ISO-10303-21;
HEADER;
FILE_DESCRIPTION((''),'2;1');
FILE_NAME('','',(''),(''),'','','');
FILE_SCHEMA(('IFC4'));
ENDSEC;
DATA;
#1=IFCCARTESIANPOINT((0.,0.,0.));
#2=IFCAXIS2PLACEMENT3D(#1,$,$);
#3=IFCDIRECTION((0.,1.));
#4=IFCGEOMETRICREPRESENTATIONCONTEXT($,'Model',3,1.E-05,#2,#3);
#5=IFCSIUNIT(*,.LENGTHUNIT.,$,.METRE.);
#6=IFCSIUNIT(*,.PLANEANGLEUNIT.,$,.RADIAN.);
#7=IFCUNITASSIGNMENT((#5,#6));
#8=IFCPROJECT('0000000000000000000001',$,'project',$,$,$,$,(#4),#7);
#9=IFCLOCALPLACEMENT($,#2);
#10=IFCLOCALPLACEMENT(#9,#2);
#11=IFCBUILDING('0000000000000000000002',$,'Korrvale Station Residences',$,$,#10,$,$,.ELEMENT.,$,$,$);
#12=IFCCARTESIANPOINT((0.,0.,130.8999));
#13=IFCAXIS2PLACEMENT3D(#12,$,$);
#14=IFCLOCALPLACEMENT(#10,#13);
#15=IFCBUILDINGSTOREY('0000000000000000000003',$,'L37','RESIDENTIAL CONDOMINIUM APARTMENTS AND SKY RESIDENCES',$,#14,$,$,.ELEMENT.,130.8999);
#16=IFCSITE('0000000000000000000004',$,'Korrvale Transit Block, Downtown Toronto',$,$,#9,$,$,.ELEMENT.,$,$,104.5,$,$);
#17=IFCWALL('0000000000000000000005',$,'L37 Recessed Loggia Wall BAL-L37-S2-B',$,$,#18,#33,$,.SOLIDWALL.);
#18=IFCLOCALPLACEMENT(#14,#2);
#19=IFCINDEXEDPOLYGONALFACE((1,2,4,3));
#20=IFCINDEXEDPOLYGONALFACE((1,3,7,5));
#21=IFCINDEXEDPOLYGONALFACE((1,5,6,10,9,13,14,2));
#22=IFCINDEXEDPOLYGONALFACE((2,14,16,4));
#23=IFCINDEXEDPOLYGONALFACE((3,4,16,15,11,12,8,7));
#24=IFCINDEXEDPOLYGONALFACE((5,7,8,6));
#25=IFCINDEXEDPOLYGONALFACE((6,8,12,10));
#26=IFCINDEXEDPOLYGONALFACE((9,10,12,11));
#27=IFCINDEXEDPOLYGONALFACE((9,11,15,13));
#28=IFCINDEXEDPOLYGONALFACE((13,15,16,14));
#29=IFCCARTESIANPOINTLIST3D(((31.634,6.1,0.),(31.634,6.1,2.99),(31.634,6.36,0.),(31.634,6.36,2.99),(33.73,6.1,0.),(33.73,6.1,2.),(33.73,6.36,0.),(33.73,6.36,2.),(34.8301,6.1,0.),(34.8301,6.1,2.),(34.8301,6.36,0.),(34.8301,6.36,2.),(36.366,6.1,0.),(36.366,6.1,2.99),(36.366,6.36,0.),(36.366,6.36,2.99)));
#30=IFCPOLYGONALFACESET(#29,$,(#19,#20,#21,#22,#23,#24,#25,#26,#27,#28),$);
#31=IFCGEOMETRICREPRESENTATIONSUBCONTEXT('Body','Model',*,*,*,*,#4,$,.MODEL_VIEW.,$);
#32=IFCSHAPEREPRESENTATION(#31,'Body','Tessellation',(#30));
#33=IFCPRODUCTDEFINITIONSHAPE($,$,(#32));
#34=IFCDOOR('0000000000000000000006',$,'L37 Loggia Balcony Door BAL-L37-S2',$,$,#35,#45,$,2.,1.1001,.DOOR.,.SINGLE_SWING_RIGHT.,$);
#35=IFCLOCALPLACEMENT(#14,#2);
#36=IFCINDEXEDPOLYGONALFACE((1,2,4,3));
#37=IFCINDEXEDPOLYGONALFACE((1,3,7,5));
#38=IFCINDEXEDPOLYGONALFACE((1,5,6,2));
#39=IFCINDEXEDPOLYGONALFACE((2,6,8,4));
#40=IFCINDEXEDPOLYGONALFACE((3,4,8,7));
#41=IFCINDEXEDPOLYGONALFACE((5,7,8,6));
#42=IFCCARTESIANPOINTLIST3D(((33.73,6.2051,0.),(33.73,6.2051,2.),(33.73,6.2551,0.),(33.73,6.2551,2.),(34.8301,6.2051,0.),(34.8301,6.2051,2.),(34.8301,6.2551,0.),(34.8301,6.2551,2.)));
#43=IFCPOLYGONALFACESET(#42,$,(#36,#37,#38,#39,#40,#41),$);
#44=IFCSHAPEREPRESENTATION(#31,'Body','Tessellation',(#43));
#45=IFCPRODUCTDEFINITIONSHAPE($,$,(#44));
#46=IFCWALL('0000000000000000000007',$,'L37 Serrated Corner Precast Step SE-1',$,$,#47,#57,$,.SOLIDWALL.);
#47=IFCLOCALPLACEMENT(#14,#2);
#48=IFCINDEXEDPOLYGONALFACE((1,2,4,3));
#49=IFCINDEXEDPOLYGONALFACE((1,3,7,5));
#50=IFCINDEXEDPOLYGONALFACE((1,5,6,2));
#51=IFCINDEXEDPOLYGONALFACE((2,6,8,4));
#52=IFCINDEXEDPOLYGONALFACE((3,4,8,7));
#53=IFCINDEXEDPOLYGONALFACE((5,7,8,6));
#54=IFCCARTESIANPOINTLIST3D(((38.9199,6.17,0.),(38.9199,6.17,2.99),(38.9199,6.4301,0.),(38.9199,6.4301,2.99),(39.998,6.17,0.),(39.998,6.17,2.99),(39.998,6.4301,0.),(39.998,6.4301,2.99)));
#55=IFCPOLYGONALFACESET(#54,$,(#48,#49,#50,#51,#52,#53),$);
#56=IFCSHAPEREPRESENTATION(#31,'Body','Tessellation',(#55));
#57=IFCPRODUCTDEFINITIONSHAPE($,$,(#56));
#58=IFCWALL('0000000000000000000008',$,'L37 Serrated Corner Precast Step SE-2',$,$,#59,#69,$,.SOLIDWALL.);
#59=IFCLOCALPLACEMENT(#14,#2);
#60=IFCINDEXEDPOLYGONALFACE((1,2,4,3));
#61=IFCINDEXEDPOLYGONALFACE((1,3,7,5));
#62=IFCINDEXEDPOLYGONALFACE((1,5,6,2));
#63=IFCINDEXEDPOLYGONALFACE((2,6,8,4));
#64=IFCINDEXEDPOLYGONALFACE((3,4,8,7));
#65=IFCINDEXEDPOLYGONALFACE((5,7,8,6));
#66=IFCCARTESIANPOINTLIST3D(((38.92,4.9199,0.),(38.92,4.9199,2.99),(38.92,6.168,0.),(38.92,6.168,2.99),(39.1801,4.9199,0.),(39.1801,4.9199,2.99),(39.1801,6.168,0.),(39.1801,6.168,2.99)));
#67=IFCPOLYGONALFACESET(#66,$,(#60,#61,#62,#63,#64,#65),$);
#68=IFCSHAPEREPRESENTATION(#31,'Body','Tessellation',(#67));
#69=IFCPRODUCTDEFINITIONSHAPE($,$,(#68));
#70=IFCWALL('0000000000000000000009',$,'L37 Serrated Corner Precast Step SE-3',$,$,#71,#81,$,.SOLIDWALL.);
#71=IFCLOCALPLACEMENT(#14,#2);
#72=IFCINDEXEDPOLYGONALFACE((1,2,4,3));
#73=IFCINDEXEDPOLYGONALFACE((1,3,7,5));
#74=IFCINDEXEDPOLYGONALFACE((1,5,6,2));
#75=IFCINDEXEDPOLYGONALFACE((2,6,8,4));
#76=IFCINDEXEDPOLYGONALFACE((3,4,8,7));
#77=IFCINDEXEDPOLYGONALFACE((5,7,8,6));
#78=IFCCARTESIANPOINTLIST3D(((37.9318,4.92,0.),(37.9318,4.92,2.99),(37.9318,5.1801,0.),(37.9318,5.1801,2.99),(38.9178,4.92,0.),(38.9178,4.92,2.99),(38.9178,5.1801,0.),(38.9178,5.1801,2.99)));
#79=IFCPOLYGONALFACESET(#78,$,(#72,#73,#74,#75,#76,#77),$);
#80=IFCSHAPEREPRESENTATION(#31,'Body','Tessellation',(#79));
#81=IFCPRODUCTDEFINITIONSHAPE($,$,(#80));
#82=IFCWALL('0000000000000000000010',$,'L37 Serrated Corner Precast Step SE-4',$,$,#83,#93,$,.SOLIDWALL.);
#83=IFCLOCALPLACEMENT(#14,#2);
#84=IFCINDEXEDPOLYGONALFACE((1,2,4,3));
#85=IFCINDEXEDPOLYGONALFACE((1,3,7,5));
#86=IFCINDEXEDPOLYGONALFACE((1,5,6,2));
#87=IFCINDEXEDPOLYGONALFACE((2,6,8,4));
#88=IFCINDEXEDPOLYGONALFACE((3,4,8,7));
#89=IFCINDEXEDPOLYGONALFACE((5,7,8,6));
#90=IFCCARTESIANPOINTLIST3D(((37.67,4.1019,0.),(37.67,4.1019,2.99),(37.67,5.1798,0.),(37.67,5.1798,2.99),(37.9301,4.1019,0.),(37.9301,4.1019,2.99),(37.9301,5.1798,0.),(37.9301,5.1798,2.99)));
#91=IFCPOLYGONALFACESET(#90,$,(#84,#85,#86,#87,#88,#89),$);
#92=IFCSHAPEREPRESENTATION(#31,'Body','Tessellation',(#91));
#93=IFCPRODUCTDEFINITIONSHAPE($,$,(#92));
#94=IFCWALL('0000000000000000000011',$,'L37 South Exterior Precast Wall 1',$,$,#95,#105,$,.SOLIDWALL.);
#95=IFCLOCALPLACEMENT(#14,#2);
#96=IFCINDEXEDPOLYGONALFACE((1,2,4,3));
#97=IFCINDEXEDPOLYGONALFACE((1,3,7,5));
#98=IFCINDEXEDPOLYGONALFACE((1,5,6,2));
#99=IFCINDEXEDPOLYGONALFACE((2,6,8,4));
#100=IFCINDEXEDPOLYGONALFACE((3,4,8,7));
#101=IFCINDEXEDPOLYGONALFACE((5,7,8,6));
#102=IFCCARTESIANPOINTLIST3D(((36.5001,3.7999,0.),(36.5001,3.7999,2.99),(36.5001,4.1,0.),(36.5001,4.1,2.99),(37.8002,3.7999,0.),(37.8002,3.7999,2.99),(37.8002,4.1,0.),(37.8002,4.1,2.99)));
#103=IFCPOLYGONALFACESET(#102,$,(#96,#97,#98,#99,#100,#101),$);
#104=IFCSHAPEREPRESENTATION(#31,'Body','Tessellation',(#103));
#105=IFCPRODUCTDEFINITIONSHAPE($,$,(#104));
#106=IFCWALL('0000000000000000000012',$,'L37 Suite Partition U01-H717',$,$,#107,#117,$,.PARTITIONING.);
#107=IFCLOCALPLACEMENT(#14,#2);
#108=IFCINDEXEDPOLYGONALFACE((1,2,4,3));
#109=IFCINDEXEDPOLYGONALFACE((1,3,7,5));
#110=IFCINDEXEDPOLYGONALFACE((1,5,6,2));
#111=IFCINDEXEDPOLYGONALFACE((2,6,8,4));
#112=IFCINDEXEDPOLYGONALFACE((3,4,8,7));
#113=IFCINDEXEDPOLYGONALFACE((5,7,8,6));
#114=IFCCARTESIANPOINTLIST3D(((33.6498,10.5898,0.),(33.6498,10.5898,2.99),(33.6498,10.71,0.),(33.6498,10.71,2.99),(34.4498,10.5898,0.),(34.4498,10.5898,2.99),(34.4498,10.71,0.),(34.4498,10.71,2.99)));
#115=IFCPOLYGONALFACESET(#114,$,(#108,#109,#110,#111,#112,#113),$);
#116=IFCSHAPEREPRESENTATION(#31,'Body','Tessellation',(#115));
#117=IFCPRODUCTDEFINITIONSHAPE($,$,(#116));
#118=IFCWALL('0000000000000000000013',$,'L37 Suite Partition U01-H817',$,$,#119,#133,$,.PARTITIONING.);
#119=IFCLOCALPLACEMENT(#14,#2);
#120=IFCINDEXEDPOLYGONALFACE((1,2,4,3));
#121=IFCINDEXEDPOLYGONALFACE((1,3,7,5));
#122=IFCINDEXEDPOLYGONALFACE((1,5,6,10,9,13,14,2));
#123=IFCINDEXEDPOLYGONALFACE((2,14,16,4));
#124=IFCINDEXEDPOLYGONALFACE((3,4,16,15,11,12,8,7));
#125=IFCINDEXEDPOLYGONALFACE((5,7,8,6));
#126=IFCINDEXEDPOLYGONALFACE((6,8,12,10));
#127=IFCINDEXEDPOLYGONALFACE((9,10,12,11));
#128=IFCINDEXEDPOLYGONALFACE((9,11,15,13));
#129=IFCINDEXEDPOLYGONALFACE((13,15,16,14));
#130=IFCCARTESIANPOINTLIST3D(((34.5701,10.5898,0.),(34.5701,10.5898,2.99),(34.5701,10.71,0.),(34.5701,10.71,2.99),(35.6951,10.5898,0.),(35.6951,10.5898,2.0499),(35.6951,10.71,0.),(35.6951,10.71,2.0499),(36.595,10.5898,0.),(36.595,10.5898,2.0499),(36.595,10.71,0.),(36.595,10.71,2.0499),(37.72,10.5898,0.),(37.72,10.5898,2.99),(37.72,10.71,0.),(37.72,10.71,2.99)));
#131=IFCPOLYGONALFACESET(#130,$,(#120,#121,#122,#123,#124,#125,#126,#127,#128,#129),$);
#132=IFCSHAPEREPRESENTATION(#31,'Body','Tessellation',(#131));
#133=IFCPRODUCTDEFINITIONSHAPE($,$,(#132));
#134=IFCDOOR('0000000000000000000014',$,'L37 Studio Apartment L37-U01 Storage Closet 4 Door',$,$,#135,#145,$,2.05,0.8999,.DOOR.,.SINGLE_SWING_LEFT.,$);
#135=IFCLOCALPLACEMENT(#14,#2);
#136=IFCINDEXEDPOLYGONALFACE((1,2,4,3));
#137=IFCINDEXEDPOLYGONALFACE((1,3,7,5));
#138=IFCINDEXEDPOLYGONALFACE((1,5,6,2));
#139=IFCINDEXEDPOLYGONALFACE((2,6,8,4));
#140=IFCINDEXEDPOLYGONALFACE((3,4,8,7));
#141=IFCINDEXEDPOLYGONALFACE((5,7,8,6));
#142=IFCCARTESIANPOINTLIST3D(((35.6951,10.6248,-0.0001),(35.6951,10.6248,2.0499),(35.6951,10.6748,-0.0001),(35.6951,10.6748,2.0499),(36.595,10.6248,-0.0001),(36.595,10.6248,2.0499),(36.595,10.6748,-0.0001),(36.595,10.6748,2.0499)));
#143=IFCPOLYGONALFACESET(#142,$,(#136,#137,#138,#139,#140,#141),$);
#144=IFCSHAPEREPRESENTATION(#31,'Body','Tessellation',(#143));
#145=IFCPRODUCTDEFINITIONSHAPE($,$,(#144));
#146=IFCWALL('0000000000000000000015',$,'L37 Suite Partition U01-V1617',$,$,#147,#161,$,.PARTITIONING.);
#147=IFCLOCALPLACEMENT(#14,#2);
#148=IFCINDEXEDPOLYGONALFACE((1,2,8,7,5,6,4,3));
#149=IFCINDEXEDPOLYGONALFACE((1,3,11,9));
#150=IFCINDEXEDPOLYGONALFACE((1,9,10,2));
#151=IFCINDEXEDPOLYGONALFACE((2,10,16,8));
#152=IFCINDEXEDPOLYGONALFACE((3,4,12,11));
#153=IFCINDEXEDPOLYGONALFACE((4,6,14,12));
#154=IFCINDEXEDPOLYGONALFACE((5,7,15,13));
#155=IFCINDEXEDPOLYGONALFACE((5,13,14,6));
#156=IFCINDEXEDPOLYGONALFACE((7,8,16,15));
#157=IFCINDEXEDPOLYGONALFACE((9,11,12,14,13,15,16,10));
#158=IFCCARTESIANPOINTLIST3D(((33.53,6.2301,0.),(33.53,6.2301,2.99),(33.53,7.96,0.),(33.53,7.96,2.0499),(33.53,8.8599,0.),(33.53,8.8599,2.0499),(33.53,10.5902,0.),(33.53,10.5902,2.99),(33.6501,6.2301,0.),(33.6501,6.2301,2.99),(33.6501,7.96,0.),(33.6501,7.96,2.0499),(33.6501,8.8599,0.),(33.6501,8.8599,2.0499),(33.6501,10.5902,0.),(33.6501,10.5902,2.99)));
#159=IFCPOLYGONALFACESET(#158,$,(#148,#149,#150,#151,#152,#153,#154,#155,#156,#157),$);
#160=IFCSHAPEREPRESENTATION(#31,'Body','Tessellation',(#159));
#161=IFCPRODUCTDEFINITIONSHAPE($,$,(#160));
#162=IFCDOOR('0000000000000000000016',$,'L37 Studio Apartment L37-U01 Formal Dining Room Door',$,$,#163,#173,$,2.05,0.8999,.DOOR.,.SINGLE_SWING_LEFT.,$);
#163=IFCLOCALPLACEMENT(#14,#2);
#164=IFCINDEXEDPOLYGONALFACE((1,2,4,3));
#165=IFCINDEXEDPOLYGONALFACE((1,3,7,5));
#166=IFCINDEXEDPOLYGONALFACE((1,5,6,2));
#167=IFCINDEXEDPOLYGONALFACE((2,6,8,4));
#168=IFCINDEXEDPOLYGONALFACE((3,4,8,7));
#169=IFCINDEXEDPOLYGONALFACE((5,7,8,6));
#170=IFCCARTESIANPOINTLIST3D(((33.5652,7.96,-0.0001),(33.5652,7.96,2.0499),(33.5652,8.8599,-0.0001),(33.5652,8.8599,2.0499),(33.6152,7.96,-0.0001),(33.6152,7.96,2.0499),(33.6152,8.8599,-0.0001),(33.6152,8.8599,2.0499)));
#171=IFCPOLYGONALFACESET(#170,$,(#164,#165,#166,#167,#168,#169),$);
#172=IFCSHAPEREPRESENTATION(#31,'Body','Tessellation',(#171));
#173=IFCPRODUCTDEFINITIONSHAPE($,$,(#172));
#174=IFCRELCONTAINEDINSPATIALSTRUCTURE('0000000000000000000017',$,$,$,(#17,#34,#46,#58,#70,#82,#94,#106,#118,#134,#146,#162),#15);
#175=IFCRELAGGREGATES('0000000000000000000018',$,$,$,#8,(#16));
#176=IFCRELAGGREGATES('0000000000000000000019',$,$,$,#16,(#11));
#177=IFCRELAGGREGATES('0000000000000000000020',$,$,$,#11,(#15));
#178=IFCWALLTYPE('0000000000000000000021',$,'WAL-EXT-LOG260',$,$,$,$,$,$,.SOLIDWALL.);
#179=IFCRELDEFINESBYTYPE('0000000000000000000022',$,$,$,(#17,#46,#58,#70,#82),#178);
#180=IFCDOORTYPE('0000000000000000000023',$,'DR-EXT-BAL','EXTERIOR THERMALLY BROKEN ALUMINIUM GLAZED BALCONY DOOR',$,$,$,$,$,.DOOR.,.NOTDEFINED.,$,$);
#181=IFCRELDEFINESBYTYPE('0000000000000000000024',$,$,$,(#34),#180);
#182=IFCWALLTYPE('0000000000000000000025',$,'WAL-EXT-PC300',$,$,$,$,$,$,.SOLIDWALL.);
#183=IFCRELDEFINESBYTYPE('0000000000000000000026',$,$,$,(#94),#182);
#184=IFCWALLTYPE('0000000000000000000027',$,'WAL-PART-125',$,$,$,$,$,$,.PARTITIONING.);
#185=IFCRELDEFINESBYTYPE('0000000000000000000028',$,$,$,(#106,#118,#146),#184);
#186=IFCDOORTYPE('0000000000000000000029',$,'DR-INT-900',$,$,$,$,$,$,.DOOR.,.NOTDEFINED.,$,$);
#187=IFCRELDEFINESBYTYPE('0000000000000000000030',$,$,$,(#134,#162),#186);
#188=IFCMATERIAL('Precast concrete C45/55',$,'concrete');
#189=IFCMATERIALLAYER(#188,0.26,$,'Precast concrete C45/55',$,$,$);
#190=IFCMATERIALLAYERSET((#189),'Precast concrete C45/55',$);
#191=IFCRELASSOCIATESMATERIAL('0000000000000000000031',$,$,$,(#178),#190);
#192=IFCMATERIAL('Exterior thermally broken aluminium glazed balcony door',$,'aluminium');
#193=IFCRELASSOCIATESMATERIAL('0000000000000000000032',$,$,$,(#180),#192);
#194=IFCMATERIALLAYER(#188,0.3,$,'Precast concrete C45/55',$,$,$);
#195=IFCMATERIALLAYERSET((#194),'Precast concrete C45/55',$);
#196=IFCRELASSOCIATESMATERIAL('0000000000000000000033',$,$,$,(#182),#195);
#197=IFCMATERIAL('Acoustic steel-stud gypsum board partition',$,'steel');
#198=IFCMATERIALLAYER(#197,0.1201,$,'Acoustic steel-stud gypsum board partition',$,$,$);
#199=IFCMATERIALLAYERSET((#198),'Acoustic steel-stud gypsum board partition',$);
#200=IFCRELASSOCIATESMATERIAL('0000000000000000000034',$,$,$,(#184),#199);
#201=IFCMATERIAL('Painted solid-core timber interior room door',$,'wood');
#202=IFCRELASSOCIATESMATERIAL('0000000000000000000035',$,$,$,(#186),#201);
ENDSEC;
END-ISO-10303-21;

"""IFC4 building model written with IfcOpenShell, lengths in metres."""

from ifc_helpers import new_model, si_unit, direction, frame, frame_2d, origin, place, context, subcontext, project, spatial, rectangle, extrude, material, layer, layer_set, type_object, element, fill, save


model = new_model("IFC4")

# Units and contexts
model_context = context("Model", 3, precision=1e-05, world=origin(), true_north=direction((0.0, 1.0)))
body_context = subcontext(model_context, "Body", "Model", "MODEL_VIEW")
ifc_project = project(units=[si_unit("LENGTHUNIT", "METRE"), si_unit("PLANEANGLEUNIT", "RADIAN")], contexts=[model_context])

# Site, building, storey
site_placement = place(None, origin())
site = spatial("IfcSite", under=ifc_project, at=site_placement, Name="Korrvale Transit Block, Downtown Toronto", CompositionType="ELEMENT", RefElevation=104.5)
building_placement = place(site_placement, origin())
building = spatial("IfcBuilding", under=site, at=building_placement, Name="Korrvale Station Residences", CompositionType="ELEMENT")
storey_placement = place(building_placement, frame((0.0, 0.0, 130.8999)))
storey = spatial("IfcBuildingStorey", under=building, at=storey_placement, Name="L37", Description="RESIDENTIAL CONDOMINIUM APARTMENTS AND SKY RESIDENCES", CompositionType="ELEMENT", Elevation=130.8999)

# Shared definitions
ifc_material_1 = material(Name="Precast concrete C45/55", Category="concrete")
ifc_layer_1 = layer(ifc_material_1, 0.26, Name="Precast concrete C45/55")
ifc_layer_set_1 = layer_set([ifc_layer_1], Name="Precast concrete C45/55")
wall_type_1 = type_object("IfcWallType", Name="WAL-EXT-LOG260", PredefinedType="SOLIDWALL", material=ifc_layer_set_1)

# Wall, opening, door
wall_1_placement = place(storey_placement, frame((36.366, 6.23, 0.0), z_axis=(0.0, 0.0, 1.0), x_axis=(-1.0, 0.0, 0.0)))
wall_1 = element("IfcWall", 1, at=wall_1_placement, inside=storey, type_object=wall_type_1, Name="L37 Recessed Loggia Wall BAL-L37-S2-B", PredefinedType="SOLIDWALL", context=body_context, shape_type="SweptSolid", body=[
    extrude(rectangle(XDim=4.7319, YDim=0.26, at=frame_2d((2.366, 0.0))), origin(), (0.0, 0.0, 1.0), 2.99),
])
opening_1_placement = place(wall_1_placement, frame((1.5359, 0.0, 0.0)))
opening_1 = element("IfcOpeningElement", 2, at=opening_1_placement, cuts=wall_1, PredefinedType="OPENING", context=body_context, shape_type="SweptSolid", body=[
    extrude(rectangle(XDim=1.1001, YDim=2.0, at=frame_2d((0.55, 1.0))), frame((0.0, 0.1401, 0.0), z_axis=(0.0, -1.0, 0.0), x_axis=(1.0, 0.0, 0.0)), (0.0, 0.0, 1.0), 0.28),
])
ifc_material_2 = material(Name="Exterior thermally broken aluminium glazed balcony door", Category="aluminium")
door_type_1 = type_object("IfcDoorType", Name="DR-EXT-BAL", Description="EXTERIOR THERMALLY BROKEN ALUMINIUM GLAZED BALCONY DOOR", OperationType="NOTDEFINED", PredefinedType="DOOR", material=ifc_material_2)
door_1_placement = place(opening_1_placement, origin())
door_1 = element("IfcDoor", 3, at=door_1_placement, inside=storey, type_object=door_type_1, Name="L37 Loggia Balcony Door BAL-L37-S2", OperationType="SINGLE_SWING_RIGHT", OverallHeight=2.0, OverallWidth=1.1001, PredefinedType="DOOR", context=body_context, shape_type="SweptSolid", body=[
    extrude(rectangle(XDim=1.1001, YDim=2.0, at=frame_2d((0.55, 1.0))), frame((0.0, 0.0249, 0.0), z_axis=(0.0, -1.0, 0.0), x_axis=(1.0, 0.0, 0.0)), (0.0, 0.0, 1.0), 0.05),
])
fill(opening_1, door_1)

# Walls
wall_2_placement = place(storey_placement, frame((39.998, 6.3, 0.0), z_axis=(0.0, 0.0, 1.0), x_axis=(-1.0, 0.0, 0.0)))
element("IfcWall", 4, at=wall_2_placement, inside=storey, type_object=wall_type_1, Name="L37 Serrated Corner Precast Step SE-1", PredefinedType="SOLIDWALL", context=body_context, shape_type="SweptSolid", body=[
    extrude(rectangle(XDim=1.0781, YDim=0.26, at=frame_2d((0.5391, 0.0))), origin(), (0.0, 0.0, 1.0), 2.99),
])
wall_3_placement = place(storey_placement, frame((39.05, 6.168, 0.0), z_axis=(0.0, 0.0, 1.0), x_axis=(0.0, -1.0, 0.0)))
element("IfcWall", 5, at=wall_3_placement, inside=storey, type_object=wall_type_1, Name="L37 Serrated Corner Precast Step SE-2", PredefinedType="SOLIDWALL", context=body_context, shape_type="SweptSolid", body=[
    extrude(rectangle(XDim=1.248, YDim=0.26, at=frame_2d((0.624, 0.0))), origin(), (0.0, 0.0, 1.0), 2.99),
])
wall_4_placement = place(storey_placement, frame((38.918, 5.05, 0.0), z_axis=(0.0, 0.0, 1.0), x_axis=(-1.0, 0.0, 0.0)))
element("IfcWall", 6, at=wall_4_placement, inside=storey, type_object=wall_type_1, Name="L37 Serrated Corner Precast Step SE-3", PredefinedType="SOLIDWALL", context=body_context, shape_type="SweptSolid", body=[
    extrude(rectangle(XDim=0.9861, YDim=0.26, at=frame_2d((0.4932, 0.0))), origin(), (0.0, 0.0, 1.0), 2.99),
])
wall_5_placement = place(storey_placement, frame((37.8, 5.1799, 0.0), z_axis=(0.0, 0.0, 1.0), x_axis=(0.0, -1.0, 0.0)))
element("IfcWall", 7, at=wall_5_placement, inside=storey, type_object=wall_type_1, Name="L37 Serrated Corner Precast Step SE-4", PredefinedType="SOLIDWALL", context=body_context, shape_type="SweptSolid", body=[
    extrude(rectangle(XDim=1.0779, YDim=0.26, at=frame_2d((0.5391, 0.0))), origin(), (0.0, 0.0, 1.0), 2.99),
])
ifc_layer_2 = layer(ifc_material_1, 0.3, Name="Precast concrete C45/55")
ifc_layer_set_2 = layer_set([ifc_layer_2], Name="Precast concrete C45/55")
wall_type_2 = type_object("IfcWallType", Name="WAL-EXT-PC300", PredefinedType="SOLIDWALL", material=ifc_layer_set_2)
wall_6_placement = place(storey_placement, frame((37.8, 3.95, 0.0), z_axis=(0.0, 0.0, 1.0), x_axis=(-1.0, 0.0, 0.0)))
element("IfcWall", 8, at=wall_6_placement, inside=storey, type_object=wall_type_2, Name="L37 South Exterior Precast Wall 1", PredefinedType="SOLIDWALL", context=body_context, shape_type="SweptSolid", body=[
    extrude(rectangle(XDim=1.3, YDim=0.3, at=frame_2d((0.6499, 0.0))), origin(), (0.0, 0.0, 1.0), 2.99),
])
ifc_material_3 = material(Name="Acoustic steel-stud gypsum board partition", Category="steel")
ifc_layer_3 = layer(ifc_material_3, 0.1201, Name="Acoustic steel-stud gypsum board partition")
ifc_layer_set_3 = layer_set([ifc_layer_3], Name="Acoustic steel-stud gypsum board partition")
wall_type_3 = type_object("IfcWallType", Name="WAL-PART-125", PredefinedType="PARTITIONING", material=ifc_layer_set_3)
wall_7_placement = place(storey_placement, frame((33.6499, 10.6499, 0.0), z_axis=(0.0, 0.0, 1.0), x_axis=(1.0, 0.0, 0.0)))
element("IfcWall", 9, at=wall_7_placement, inside=storey, type_object=wall_type_3, Name="L37 Suite Partition U01-H717", PredefinedType="PARTITIONING", context=body_context, shape_type="SweptSolid", body=[
    extrude(rectangle(XDim=0.8, YDim=0.1201, at=frame_2d((0.3999, 0.0))), origin(), (0.0, 0.0, 1.0), 2.99),
])

# Walls, openings, doors
wall_8_placement = place(storey_placement, frame((34.5701, 10.6499, 0.0), z_axis=(0.0, 0.0, 1.0), x_axis=(1.0, 0.0, 0.0)))
wall_8 = element("IfcWall", 10, at=wall_8_placement, inside=storey, type_object=wall_type_3, Name="L37 Suite Partition U01-H817", PredefinedType="PARTITIONING", context=body_context, shape_type="SweptSolid", body=[
    extrude(rectangle(XDim=3.1499, YDim=0.1201, at=frame_2d((1.575, 0.0))), origin(), (0.0, 0.0, 1.0), 2.99),
])
opening_2_placement = place(wall_8_placement, frame((1.125, 0.0, 0.0)))
opening_2 = element("IfcOpeningElement", 11, at=opening_2_placement, cuts=wall_8, PredefinedType="OPENING", context=body_context, shape_type="SweptSolid", body=[
    extrude(rectangle(XDim=0.8999, YDim=2.05, at=frame_2d((0.45, 1.0249))), frame((0.0, 0.0701, 0.0), z_axis=(0.0, -1.0, 0.0), x_axis=(1.0, 0.0, 0.0)), (0.0, 0.0, 1.0), 0.1401),
])
ifc_material_4 = material(Name="Painted solid-core timber interior room door", Category="wood")
door_type_2 = type_object("IfcDoorType", Name="DR-INT-900", OperationType="NOTDEFINED", PredefinedType="DOOR", material=ifc_material_4)
door_2_placement = place(opening_2_placement, origin())
door_2 = element("IfcDoor", 12, at=door_2_placement, inside=storey, type_object=door_type_2, Name="L37 Studio Apartment L37-U01 Storage Closet 4 Door", OperationType="SINGLE_SWING_LEFT", OverallHeight=2.05, OverallWidth=0.8999, PredefinedType="DOOR", context=body_context, shape_type="SweptSolid", body=[
    extrude(rectangle(XDim=0.8999, YDim=2.05, at=frame_2d((0.45, 1.0249))), frame((0.0, 0.0249, 0.0), z_axis=(0.0, -1.0, 0.0), x_axis=(1.0, 0.0, 0.0)), (0.0, 0.0, 1.0), 0.05),
])
fill(opening_2, door_2)
wall_9_placement = place(storey_placement, frame((33.5901, 6.23, 0.0), z_axis=(0.0, 0.0, 1.0), x_axis=(0.0, 1.0, 0.0)))
wall_9 = element("IfcWall", 13, at=wall_9_placement, inside=storey, type_object=wall_type_3, Name="L37 Suite Partition U01-V1617", PredefinedType="PARTITIONING", context=body_context, shape_type="SweptSolid", body=[
    extrude(rectangle(XDim=4.3601, YDim=0.1201, at=frame_2d((2.1802, 0.0))), origin(), (0.0, 0.0, 1.0), 2.99),
])
opening_3_placement = place(wall_9_placement, frame((1.73, 0.0, 0.0)))
opening_3 = element("IfcOpeningElement", 14, at=opening_3_placement, cuts=wall_9, PredefinedType="OPENING", context=body_context, shape_type="SweptSolid", body=[
    extrude(rectangle(XDim=0.8999, YDim=2.05, at=frame_2d((0.45, 1.0249))), frame((0.0, 0.0701, 0.0), z_axis=(0.0, -1.0, 0.0), x_axis=(1.0, 0.0, 0.0)), (0.0, 0.0, 1.0), 0.1401),
])
door_3_placement = place(opening_3_placement, origin())
door_3 = element("IfcDoor", 15, at=door_3_placement, inside=storey, type_object=door_type_2, Name="L37 Studio Apartment L37-U01 Formal Dining Room Door", OperationType="SINGLE_SWING_LEFT", OverallHeight=2.05, OverallWidth=0.8999, PredefinedType="DOOR", context=body_context, shape_type="SweptSolid", body=[
    extrude(rectangle(XDim=0.8999, YDim=2.05, at=frame_2d((0.45, 1.0249))), frame((0.0, 0.0249, 0.0), z_axis=(0.0, -1.0, 0.0), x_axis=(1.0, 0.0, 0.0)), (0.0, 0.0, 1.0), 0.05),
])
fill(opening_3, door_3)

save(model, "model.ifc")
